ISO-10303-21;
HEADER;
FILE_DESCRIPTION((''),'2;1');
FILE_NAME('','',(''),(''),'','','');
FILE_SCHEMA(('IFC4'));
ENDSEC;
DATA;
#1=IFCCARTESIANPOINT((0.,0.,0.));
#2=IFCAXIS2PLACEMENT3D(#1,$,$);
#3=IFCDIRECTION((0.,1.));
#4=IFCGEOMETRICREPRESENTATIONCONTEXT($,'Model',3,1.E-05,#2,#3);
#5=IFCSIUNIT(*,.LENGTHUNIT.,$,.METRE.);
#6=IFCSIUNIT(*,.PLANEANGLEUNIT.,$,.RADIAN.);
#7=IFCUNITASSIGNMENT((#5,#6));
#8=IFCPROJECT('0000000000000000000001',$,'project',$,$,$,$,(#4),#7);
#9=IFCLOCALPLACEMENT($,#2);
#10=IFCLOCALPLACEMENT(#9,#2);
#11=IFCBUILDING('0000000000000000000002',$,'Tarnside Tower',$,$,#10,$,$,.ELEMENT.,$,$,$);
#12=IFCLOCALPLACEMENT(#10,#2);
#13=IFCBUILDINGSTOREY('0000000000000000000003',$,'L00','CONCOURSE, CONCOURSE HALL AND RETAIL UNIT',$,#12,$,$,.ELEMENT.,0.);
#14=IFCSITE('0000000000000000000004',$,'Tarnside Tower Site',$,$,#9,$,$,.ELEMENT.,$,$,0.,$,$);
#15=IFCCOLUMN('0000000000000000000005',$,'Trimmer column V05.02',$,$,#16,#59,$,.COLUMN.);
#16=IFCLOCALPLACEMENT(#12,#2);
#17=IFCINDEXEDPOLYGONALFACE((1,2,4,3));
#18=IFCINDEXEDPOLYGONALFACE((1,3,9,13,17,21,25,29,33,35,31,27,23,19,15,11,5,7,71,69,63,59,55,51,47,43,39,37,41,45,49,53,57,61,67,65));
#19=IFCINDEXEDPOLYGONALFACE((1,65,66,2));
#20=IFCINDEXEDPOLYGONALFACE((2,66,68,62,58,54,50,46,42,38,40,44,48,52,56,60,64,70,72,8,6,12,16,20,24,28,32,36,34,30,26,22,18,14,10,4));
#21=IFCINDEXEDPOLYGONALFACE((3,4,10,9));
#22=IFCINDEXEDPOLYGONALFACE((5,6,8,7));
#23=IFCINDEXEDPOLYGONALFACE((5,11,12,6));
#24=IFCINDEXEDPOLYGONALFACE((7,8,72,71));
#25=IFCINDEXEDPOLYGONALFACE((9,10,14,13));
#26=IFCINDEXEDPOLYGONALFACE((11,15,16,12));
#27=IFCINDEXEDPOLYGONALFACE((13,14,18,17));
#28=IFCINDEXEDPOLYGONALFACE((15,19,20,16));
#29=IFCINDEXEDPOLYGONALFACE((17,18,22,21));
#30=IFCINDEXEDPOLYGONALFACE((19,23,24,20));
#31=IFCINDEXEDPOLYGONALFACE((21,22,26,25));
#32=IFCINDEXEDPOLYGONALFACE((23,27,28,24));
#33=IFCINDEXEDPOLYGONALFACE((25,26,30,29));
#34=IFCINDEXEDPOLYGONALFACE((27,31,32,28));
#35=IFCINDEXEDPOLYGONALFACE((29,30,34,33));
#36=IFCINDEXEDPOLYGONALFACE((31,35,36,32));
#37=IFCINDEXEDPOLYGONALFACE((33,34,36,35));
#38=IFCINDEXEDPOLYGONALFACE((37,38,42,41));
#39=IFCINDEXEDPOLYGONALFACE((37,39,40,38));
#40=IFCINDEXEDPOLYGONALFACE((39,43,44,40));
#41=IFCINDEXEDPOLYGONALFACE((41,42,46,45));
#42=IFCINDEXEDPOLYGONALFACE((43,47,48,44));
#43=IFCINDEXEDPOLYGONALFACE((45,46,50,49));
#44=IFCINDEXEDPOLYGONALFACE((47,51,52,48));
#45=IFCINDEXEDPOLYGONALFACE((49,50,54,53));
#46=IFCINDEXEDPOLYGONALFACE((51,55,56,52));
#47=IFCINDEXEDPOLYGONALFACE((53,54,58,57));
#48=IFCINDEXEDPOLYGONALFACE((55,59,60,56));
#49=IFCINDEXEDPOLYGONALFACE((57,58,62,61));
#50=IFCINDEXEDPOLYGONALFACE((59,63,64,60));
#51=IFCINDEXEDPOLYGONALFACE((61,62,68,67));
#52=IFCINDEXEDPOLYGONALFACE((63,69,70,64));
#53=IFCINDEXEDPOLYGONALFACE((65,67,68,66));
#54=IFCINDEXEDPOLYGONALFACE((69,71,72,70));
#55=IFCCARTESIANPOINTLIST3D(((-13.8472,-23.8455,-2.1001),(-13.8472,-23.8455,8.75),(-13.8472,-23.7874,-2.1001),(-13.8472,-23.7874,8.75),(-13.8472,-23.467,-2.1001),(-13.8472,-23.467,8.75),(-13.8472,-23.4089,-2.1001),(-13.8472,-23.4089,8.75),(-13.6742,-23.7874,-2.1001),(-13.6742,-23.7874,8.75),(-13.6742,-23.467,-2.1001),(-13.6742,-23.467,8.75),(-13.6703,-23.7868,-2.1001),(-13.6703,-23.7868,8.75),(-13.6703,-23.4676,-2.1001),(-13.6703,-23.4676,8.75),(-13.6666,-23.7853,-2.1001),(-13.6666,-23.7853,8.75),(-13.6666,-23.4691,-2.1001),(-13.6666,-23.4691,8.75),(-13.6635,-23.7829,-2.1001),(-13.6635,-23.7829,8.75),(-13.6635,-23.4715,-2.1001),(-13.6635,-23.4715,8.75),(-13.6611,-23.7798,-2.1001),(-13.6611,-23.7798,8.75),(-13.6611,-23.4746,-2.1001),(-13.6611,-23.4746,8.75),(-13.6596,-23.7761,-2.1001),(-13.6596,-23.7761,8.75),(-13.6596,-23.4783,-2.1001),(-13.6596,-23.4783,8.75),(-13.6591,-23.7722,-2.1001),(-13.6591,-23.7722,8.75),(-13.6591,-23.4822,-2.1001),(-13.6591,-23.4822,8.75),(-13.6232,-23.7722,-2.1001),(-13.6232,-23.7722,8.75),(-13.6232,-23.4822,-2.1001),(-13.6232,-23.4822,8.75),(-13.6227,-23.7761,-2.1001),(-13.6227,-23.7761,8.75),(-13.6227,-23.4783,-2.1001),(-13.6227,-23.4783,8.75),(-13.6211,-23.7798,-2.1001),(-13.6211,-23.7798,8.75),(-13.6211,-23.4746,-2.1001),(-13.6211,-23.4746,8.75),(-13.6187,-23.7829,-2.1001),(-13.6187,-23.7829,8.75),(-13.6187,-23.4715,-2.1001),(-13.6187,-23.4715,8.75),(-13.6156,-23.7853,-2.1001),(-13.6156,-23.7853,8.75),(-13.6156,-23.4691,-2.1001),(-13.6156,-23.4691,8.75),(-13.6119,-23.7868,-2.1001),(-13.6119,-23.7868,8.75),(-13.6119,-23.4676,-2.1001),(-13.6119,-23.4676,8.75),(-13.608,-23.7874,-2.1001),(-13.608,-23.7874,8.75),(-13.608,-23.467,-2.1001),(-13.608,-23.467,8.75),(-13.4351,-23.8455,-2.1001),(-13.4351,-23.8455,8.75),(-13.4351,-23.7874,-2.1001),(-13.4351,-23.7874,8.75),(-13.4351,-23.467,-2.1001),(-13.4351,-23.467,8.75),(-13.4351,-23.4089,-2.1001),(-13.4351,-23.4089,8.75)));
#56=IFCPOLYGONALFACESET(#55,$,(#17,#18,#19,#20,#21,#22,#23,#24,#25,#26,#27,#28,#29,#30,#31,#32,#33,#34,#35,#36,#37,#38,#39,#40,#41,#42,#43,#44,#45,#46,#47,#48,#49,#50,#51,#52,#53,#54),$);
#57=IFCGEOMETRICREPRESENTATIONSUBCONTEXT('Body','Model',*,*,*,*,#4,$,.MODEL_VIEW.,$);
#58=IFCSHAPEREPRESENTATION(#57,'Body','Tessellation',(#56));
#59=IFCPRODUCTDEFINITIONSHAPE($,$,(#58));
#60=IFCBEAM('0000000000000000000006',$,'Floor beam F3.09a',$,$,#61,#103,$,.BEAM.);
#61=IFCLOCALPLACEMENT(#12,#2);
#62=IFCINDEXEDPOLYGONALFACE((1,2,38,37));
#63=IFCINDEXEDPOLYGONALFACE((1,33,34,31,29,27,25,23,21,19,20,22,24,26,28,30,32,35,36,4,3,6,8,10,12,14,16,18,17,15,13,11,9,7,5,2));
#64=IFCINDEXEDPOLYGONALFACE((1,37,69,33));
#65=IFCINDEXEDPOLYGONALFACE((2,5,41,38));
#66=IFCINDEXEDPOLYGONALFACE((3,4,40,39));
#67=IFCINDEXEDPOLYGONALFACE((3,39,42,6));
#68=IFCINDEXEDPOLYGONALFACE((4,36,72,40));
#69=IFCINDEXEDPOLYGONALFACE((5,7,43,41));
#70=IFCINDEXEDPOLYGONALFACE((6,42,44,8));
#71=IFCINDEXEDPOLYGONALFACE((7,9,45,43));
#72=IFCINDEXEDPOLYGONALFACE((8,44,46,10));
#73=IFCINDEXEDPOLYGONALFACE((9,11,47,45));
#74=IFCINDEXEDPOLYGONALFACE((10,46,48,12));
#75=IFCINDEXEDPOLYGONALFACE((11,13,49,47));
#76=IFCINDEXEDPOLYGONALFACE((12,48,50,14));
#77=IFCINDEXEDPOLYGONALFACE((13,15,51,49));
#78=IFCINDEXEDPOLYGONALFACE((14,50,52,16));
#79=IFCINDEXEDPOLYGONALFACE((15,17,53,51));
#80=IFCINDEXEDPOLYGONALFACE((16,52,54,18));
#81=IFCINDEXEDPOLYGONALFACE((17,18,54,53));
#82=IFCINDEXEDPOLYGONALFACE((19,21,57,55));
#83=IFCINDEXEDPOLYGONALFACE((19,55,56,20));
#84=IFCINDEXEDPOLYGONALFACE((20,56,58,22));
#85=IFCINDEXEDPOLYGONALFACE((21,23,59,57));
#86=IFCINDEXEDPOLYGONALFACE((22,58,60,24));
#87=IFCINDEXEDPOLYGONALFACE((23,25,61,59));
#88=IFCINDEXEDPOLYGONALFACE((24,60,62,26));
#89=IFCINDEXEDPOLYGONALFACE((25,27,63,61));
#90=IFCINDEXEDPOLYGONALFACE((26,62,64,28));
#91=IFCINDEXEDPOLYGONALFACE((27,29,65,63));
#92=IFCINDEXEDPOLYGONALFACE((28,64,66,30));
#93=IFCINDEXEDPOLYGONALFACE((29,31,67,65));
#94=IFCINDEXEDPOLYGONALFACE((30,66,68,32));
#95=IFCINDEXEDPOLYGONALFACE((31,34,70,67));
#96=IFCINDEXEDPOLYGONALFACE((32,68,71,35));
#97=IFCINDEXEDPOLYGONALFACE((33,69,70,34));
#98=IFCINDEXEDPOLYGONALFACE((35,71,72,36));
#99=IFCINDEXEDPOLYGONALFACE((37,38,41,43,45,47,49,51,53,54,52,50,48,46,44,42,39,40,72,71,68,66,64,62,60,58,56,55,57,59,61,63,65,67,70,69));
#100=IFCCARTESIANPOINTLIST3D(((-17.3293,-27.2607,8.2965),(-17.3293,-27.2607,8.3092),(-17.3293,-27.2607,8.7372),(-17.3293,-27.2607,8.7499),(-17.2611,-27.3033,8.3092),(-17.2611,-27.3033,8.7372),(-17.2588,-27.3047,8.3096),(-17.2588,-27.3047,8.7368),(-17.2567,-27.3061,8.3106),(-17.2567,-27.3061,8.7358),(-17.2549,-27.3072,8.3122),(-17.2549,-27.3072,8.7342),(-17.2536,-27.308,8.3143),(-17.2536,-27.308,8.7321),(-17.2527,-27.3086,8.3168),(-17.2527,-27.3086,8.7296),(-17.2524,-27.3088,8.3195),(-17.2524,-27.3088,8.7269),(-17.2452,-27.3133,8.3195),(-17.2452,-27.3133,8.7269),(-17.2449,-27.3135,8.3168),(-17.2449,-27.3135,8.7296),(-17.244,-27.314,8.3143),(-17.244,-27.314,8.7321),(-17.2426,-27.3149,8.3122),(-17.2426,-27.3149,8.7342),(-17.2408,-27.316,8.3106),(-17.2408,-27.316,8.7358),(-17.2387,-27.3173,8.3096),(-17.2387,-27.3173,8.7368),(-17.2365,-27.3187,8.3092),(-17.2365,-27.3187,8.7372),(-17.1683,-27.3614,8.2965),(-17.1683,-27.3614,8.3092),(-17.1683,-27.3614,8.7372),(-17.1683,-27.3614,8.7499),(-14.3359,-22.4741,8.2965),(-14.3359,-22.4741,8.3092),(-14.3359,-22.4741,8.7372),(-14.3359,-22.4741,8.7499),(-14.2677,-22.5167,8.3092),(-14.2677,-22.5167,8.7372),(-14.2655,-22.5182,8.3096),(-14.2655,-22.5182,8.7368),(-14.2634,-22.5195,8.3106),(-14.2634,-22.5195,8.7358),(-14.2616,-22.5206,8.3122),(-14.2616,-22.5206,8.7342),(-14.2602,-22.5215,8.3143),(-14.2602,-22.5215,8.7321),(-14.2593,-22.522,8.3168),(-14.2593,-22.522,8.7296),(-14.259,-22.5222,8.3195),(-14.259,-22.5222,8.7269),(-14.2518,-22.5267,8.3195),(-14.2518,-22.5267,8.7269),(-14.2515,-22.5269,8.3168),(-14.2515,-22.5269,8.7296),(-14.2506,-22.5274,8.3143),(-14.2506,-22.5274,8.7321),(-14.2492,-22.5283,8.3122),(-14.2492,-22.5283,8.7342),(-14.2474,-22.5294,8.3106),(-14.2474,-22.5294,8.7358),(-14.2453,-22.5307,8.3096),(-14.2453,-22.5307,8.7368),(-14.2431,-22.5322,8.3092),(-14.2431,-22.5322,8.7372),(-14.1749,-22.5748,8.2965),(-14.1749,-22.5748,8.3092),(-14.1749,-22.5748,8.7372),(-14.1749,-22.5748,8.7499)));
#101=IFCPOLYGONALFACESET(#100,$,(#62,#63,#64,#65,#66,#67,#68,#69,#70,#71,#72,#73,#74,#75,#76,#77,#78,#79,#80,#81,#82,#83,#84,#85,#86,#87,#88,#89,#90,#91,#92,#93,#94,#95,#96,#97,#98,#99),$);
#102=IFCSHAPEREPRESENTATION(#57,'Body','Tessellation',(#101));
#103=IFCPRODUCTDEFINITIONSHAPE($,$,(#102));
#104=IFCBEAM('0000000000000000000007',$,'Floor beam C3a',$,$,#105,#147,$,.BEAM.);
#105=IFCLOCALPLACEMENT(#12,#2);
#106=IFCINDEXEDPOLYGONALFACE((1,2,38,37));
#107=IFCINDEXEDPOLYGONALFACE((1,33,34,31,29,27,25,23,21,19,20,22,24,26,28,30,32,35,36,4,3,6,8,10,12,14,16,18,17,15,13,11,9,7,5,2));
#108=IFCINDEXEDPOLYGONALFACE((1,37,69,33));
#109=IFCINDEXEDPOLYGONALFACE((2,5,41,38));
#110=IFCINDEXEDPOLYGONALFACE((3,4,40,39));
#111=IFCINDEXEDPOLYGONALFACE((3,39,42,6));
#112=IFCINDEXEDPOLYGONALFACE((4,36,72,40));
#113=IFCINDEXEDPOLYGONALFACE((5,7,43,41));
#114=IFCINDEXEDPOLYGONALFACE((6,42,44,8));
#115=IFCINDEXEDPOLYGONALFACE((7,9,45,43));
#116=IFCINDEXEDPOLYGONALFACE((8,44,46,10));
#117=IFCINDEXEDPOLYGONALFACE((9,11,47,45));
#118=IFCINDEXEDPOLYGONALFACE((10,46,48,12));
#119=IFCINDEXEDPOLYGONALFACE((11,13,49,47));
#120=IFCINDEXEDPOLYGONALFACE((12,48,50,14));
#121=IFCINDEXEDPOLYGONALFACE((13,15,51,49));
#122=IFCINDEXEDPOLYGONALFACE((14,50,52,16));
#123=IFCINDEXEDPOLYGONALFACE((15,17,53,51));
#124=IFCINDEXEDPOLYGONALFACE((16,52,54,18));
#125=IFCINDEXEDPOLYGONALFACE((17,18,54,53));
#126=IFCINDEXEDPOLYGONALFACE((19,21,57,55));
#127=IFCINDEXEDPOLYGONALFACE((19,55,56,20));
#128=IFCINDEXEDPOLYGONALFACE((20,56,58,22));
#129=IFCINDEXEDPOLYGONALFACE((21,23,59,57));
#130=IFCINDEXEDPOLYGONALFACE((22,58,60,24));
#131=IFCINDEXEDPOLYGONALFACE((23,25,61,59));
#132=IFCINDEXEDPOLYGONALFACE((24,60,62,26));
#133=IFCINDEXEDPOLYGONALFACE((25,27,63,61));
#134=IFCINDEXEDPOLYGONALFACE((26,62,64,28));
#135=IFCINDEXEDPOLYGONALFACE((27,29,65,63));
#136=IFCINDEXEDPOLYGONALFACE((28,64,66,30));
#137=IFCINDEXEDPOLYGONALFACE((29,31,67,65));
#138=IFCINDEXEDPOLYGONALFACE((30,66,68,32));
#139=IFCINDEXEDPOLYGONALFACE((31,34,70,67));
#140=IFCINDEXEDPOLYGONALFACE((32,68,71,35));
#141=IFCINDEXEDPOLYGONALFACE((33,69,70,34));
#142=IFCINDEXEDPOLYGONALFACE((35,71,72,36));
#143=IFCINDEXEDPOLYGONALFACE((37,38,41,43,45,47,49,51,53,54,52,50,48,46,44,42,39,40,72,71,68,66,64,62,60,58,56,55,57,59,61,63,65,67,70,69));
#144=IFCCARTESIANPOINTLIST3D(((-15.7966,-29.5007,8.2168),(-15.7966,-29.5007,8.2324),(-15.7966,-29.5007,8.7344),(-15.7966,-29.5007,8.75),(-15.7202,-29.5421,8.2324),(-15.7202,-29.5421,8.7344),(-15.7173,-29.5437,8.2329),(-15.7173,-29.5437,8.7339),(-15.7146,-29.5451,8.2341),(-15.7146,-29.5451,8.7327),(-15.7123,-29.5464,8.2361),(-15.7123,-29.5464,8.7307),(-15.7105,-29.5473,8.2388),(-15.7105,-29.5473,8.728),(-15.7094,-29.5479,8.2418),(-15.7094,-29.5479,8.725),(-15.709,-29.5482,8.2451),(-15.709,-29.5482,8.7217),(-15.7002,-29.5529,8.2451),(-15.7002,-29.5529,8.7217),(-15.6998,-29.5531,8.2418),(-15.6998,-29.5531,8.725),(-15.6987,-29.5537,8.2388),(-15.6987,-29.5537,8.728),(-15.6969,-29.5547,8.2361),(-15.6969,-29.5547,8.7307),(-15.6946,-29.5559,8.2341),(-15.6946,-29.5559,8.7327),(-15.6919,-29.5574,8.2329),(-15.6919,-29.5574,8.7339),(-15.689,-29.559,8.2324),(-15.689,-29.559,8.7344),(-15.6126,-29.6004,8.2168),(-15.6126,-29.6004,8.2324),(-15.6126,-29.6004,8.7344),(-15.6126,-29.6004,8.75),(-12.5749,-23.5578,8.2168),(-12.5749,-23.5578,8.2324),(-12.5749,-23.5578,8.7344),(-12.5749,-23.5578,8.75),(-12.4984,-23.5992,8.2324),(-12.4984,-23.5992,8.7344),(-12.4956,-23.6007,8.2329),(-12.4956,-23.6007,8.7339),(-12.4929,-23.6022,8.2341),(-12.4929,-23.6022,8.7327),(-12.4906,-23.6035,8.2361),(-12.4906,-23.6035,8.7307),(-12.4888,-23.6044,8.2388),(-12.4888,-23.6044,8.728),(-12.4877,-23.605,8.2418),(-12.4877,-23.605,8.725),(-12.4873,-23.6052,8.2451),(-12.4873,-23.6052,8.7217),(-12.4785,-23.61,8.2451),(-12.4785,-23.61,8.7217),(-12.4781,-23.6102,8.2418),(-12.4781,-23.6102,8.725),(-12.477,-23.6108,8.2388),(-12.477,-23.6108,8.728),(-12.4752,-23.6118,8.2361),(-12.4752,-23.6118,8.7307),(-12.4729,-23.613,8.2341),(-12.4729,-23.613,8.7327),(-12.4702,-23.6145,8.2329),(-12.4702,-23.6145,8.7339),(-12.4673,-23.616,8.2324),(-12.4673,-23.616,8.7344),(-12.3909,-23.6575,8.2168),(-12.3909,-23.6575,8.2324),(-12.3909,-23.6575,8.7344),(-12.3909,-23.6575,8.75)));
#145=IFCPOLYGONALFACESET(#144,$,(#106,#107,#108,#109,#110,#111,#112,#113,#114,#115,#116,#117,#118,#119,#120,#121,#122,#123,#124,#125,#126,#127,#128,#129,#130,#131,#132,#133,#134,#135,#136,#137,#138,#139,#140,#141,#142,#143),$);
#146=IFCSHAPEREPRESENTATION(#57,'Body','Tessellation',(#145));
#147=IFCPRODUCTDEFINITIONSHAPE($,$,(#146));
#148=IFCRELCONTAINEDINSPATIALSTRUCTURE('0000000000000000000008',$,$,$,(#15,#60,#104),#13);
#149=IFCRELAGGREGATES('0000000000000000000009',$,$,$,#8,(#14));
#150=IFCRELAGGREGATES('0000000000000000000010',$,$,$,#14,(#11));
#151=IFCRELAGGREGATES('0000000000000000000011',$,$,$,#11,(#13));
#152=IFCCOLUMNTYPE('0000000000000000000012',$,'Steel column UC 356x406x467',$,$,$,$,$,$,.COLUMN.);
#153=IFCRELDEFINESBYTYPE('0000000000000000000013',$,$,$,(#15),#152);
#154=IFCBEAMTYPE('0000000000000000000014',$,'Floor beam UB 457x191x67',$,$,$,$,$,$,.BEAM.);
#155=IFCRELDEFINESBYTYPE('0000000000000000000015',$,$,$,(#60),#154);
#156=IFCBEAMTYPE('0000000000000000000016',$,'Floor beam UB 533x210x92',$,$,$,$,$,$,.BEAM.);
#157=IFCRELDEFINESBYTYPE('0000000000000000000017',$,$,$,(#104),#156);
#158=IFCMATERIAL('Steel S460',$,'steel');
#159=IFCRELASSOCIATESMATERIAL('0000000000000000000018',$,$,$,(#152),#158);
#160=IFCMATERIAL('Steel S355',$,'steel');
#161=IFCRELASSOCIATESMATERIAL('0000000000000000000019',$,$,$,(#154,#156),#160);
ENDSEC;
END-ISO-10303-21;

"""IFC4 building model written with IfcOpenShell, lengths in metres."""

from ifc_helpers import new_model, si_unit, direction, frame, origin, origin_2d, place, context, subcontext, project, spatial, i_section, extrude, material, material_profile, profile_set, type_object, element, save


model = new_model("IFC4")

# Units and contexts
model_context = context("Model", 3, precision=1e-05, world=origin(), true_north=direction((0.0, 1.0)))
body_context = subcontext(model_context, "Body", "Model", "MODEL_VIEW")
ifc_project = project(units=[si_unit("LENGTHUNIT", "METRE"), si_unit("PLANEANGLEUNIT", "RADIAN")], contexts=[model_context])

# Site, building, storey
site_placement = place(None, origin())
site = spatial("IfcSite", under=ifc_project, at=site_placement, Name="Tarnside Tower Site", CompositionType="ELEMENT", RefElevation=0.0)
building_placement = place(site_placement, origin())
building = spatial("IfcBuilding", under=site, at=building_placement, Name="Tarnside Tower", CompositionType="ELEMENT")
storey_placement = place(building_placement, origin())
storey = spatial("IfcBuildingStorey", under=building, at=storey_placement, Name="L00", Description="CONCOURSE, CONCOURSE HALL AND RETAIL UNIT", CompositionType="ELEMENT", Elevation=0.0)

# Column
ifc_material_1 = material(Name="Steel S460", Category="steel")
ifc_material_profile_1 = material_profile(ifc_material_1, i_section(OverallWidth=0.4121, OverallDepth=0.4365, WebThickness=0.0359, FlangeThickness=0.0581, FilletRadius=0.0151, at=origin_2d()), Name="UC 356x406x467")
ifc_profile_set_1 = profile_set([ifc_material_profile_1], Name="Steel S460")
column_type_1 = type_object("IfcColumnType", Name="Steel column UC 356x406x467", PredefinedType="COLUMN", material=ifc_profile_set_1)
column_1_placement = place(storey_placement, frame((-13.6411, -23.6272, -2.1001), z_axis=(0.0, 0.0, 1.0), x_axis=(1.0, 0.0, 0.0)))
element("IfcColumn", 1, at=column_1_placement, inside=storey, type_object=column_type_1, Name="Trimmer column V05.02", PredefinedType="COLUMN", context=body_context, shape_type="SweptSolid", body=[
    extrude(i_section(OverallWidth=0.4121, OverallDepth=0.4365, WebThickness=0.0359, FlangeThickness=0.0581, FilletRadius=0.0151, at=origin_2d()), origin(), (0.0, 0.0, 1.0), 10.8501),
])

# Beams
ifc_material_2 = material(Name="Steel S355", Category="steel")
ifc_material_profile_2 = material_profile(ifc_material_2, i_section(OverallWidth=0.1899, OverallDepth=0.4534, WebThickness=0.0085, FlangeThickness=0.0127, FilletRadius=0.0103, at=origin_2d()), Name="UB 457x191x67")
ifc_profile_set_2 = profile_set([ifc_material_profile_2], Name="Steel S355")
beam_type_1 = type_object("IfcBeamType", Name="Floor beam UB 457x191x67", PredefinedType="BEAM", material=ifc_profile_set_2)
beam_1_placement = place(storey_placement, frame((-17.2488, -27.311, 8.5232), z_axis=(0.530224, 0.847857, 0.0), x_axis=(-0.847857, 0.530224, 0.0)))
element("IfcBeam", 2, at=beam_1_placement, inside=storey, type_object=beam_type_1, Name="Floor beam F3.09a", PredefinedType="BEAM", context=body_context, shape_type="SweptSolid", body=[
    extrude(i_section(OverallWidth=0.1899, OverallDepth=0.4534, WebThickness=0.0085, FlangeThickness=0.0127, FilletRadius=0.0103, at=origin_2d()), origin(), (0.0, 0.0, 1.0), 5.6455),
])
ifc_material_profile_3 = material_profile(ifc_material_2, i_section(OverallWidth=0.2092, OverallDepth=0.5332, WebThickness=0.01, FlangeThickness=0.0156, FilletRadius=0.0127, at=origin_2d()), Name="UB 533x210x92")
ifc_profile_set_3 = profile_set([ifc_material_profile_3], Name="Steel S355")
beam_type_2 = type_object("IfcBeamType", Name="Floor beam UB 533x210x92", PredefinedType="BEAM", material=ifc_profile_set_3)
beam_2_placement = place(storey_placement, frame((-15.7046, -29.5505, 8.4834), z_axis=(0.476583, 0.879129, 0.0), x_axis=(-0.879129, 0.476583, 0.0)))
element("IfcBeam", 3, at=beam_2_placement, inside=storey, type_object=beam_type_2, Name="Floor beam C3a", PredefinedType="BEAM", context=body_context, shape_type="SweptSolid", body=[
    extrude(i_section(OverallWidth=0.2092, OverallDepth=0.5332, WebThickness=0.01, FlangeThickness=0.0156, FilletRadius=0.0127, at=origin_2d()), origin(), (0.0, 0.0, 1.0), 6.76),
])

save(model, "model.ifc")
